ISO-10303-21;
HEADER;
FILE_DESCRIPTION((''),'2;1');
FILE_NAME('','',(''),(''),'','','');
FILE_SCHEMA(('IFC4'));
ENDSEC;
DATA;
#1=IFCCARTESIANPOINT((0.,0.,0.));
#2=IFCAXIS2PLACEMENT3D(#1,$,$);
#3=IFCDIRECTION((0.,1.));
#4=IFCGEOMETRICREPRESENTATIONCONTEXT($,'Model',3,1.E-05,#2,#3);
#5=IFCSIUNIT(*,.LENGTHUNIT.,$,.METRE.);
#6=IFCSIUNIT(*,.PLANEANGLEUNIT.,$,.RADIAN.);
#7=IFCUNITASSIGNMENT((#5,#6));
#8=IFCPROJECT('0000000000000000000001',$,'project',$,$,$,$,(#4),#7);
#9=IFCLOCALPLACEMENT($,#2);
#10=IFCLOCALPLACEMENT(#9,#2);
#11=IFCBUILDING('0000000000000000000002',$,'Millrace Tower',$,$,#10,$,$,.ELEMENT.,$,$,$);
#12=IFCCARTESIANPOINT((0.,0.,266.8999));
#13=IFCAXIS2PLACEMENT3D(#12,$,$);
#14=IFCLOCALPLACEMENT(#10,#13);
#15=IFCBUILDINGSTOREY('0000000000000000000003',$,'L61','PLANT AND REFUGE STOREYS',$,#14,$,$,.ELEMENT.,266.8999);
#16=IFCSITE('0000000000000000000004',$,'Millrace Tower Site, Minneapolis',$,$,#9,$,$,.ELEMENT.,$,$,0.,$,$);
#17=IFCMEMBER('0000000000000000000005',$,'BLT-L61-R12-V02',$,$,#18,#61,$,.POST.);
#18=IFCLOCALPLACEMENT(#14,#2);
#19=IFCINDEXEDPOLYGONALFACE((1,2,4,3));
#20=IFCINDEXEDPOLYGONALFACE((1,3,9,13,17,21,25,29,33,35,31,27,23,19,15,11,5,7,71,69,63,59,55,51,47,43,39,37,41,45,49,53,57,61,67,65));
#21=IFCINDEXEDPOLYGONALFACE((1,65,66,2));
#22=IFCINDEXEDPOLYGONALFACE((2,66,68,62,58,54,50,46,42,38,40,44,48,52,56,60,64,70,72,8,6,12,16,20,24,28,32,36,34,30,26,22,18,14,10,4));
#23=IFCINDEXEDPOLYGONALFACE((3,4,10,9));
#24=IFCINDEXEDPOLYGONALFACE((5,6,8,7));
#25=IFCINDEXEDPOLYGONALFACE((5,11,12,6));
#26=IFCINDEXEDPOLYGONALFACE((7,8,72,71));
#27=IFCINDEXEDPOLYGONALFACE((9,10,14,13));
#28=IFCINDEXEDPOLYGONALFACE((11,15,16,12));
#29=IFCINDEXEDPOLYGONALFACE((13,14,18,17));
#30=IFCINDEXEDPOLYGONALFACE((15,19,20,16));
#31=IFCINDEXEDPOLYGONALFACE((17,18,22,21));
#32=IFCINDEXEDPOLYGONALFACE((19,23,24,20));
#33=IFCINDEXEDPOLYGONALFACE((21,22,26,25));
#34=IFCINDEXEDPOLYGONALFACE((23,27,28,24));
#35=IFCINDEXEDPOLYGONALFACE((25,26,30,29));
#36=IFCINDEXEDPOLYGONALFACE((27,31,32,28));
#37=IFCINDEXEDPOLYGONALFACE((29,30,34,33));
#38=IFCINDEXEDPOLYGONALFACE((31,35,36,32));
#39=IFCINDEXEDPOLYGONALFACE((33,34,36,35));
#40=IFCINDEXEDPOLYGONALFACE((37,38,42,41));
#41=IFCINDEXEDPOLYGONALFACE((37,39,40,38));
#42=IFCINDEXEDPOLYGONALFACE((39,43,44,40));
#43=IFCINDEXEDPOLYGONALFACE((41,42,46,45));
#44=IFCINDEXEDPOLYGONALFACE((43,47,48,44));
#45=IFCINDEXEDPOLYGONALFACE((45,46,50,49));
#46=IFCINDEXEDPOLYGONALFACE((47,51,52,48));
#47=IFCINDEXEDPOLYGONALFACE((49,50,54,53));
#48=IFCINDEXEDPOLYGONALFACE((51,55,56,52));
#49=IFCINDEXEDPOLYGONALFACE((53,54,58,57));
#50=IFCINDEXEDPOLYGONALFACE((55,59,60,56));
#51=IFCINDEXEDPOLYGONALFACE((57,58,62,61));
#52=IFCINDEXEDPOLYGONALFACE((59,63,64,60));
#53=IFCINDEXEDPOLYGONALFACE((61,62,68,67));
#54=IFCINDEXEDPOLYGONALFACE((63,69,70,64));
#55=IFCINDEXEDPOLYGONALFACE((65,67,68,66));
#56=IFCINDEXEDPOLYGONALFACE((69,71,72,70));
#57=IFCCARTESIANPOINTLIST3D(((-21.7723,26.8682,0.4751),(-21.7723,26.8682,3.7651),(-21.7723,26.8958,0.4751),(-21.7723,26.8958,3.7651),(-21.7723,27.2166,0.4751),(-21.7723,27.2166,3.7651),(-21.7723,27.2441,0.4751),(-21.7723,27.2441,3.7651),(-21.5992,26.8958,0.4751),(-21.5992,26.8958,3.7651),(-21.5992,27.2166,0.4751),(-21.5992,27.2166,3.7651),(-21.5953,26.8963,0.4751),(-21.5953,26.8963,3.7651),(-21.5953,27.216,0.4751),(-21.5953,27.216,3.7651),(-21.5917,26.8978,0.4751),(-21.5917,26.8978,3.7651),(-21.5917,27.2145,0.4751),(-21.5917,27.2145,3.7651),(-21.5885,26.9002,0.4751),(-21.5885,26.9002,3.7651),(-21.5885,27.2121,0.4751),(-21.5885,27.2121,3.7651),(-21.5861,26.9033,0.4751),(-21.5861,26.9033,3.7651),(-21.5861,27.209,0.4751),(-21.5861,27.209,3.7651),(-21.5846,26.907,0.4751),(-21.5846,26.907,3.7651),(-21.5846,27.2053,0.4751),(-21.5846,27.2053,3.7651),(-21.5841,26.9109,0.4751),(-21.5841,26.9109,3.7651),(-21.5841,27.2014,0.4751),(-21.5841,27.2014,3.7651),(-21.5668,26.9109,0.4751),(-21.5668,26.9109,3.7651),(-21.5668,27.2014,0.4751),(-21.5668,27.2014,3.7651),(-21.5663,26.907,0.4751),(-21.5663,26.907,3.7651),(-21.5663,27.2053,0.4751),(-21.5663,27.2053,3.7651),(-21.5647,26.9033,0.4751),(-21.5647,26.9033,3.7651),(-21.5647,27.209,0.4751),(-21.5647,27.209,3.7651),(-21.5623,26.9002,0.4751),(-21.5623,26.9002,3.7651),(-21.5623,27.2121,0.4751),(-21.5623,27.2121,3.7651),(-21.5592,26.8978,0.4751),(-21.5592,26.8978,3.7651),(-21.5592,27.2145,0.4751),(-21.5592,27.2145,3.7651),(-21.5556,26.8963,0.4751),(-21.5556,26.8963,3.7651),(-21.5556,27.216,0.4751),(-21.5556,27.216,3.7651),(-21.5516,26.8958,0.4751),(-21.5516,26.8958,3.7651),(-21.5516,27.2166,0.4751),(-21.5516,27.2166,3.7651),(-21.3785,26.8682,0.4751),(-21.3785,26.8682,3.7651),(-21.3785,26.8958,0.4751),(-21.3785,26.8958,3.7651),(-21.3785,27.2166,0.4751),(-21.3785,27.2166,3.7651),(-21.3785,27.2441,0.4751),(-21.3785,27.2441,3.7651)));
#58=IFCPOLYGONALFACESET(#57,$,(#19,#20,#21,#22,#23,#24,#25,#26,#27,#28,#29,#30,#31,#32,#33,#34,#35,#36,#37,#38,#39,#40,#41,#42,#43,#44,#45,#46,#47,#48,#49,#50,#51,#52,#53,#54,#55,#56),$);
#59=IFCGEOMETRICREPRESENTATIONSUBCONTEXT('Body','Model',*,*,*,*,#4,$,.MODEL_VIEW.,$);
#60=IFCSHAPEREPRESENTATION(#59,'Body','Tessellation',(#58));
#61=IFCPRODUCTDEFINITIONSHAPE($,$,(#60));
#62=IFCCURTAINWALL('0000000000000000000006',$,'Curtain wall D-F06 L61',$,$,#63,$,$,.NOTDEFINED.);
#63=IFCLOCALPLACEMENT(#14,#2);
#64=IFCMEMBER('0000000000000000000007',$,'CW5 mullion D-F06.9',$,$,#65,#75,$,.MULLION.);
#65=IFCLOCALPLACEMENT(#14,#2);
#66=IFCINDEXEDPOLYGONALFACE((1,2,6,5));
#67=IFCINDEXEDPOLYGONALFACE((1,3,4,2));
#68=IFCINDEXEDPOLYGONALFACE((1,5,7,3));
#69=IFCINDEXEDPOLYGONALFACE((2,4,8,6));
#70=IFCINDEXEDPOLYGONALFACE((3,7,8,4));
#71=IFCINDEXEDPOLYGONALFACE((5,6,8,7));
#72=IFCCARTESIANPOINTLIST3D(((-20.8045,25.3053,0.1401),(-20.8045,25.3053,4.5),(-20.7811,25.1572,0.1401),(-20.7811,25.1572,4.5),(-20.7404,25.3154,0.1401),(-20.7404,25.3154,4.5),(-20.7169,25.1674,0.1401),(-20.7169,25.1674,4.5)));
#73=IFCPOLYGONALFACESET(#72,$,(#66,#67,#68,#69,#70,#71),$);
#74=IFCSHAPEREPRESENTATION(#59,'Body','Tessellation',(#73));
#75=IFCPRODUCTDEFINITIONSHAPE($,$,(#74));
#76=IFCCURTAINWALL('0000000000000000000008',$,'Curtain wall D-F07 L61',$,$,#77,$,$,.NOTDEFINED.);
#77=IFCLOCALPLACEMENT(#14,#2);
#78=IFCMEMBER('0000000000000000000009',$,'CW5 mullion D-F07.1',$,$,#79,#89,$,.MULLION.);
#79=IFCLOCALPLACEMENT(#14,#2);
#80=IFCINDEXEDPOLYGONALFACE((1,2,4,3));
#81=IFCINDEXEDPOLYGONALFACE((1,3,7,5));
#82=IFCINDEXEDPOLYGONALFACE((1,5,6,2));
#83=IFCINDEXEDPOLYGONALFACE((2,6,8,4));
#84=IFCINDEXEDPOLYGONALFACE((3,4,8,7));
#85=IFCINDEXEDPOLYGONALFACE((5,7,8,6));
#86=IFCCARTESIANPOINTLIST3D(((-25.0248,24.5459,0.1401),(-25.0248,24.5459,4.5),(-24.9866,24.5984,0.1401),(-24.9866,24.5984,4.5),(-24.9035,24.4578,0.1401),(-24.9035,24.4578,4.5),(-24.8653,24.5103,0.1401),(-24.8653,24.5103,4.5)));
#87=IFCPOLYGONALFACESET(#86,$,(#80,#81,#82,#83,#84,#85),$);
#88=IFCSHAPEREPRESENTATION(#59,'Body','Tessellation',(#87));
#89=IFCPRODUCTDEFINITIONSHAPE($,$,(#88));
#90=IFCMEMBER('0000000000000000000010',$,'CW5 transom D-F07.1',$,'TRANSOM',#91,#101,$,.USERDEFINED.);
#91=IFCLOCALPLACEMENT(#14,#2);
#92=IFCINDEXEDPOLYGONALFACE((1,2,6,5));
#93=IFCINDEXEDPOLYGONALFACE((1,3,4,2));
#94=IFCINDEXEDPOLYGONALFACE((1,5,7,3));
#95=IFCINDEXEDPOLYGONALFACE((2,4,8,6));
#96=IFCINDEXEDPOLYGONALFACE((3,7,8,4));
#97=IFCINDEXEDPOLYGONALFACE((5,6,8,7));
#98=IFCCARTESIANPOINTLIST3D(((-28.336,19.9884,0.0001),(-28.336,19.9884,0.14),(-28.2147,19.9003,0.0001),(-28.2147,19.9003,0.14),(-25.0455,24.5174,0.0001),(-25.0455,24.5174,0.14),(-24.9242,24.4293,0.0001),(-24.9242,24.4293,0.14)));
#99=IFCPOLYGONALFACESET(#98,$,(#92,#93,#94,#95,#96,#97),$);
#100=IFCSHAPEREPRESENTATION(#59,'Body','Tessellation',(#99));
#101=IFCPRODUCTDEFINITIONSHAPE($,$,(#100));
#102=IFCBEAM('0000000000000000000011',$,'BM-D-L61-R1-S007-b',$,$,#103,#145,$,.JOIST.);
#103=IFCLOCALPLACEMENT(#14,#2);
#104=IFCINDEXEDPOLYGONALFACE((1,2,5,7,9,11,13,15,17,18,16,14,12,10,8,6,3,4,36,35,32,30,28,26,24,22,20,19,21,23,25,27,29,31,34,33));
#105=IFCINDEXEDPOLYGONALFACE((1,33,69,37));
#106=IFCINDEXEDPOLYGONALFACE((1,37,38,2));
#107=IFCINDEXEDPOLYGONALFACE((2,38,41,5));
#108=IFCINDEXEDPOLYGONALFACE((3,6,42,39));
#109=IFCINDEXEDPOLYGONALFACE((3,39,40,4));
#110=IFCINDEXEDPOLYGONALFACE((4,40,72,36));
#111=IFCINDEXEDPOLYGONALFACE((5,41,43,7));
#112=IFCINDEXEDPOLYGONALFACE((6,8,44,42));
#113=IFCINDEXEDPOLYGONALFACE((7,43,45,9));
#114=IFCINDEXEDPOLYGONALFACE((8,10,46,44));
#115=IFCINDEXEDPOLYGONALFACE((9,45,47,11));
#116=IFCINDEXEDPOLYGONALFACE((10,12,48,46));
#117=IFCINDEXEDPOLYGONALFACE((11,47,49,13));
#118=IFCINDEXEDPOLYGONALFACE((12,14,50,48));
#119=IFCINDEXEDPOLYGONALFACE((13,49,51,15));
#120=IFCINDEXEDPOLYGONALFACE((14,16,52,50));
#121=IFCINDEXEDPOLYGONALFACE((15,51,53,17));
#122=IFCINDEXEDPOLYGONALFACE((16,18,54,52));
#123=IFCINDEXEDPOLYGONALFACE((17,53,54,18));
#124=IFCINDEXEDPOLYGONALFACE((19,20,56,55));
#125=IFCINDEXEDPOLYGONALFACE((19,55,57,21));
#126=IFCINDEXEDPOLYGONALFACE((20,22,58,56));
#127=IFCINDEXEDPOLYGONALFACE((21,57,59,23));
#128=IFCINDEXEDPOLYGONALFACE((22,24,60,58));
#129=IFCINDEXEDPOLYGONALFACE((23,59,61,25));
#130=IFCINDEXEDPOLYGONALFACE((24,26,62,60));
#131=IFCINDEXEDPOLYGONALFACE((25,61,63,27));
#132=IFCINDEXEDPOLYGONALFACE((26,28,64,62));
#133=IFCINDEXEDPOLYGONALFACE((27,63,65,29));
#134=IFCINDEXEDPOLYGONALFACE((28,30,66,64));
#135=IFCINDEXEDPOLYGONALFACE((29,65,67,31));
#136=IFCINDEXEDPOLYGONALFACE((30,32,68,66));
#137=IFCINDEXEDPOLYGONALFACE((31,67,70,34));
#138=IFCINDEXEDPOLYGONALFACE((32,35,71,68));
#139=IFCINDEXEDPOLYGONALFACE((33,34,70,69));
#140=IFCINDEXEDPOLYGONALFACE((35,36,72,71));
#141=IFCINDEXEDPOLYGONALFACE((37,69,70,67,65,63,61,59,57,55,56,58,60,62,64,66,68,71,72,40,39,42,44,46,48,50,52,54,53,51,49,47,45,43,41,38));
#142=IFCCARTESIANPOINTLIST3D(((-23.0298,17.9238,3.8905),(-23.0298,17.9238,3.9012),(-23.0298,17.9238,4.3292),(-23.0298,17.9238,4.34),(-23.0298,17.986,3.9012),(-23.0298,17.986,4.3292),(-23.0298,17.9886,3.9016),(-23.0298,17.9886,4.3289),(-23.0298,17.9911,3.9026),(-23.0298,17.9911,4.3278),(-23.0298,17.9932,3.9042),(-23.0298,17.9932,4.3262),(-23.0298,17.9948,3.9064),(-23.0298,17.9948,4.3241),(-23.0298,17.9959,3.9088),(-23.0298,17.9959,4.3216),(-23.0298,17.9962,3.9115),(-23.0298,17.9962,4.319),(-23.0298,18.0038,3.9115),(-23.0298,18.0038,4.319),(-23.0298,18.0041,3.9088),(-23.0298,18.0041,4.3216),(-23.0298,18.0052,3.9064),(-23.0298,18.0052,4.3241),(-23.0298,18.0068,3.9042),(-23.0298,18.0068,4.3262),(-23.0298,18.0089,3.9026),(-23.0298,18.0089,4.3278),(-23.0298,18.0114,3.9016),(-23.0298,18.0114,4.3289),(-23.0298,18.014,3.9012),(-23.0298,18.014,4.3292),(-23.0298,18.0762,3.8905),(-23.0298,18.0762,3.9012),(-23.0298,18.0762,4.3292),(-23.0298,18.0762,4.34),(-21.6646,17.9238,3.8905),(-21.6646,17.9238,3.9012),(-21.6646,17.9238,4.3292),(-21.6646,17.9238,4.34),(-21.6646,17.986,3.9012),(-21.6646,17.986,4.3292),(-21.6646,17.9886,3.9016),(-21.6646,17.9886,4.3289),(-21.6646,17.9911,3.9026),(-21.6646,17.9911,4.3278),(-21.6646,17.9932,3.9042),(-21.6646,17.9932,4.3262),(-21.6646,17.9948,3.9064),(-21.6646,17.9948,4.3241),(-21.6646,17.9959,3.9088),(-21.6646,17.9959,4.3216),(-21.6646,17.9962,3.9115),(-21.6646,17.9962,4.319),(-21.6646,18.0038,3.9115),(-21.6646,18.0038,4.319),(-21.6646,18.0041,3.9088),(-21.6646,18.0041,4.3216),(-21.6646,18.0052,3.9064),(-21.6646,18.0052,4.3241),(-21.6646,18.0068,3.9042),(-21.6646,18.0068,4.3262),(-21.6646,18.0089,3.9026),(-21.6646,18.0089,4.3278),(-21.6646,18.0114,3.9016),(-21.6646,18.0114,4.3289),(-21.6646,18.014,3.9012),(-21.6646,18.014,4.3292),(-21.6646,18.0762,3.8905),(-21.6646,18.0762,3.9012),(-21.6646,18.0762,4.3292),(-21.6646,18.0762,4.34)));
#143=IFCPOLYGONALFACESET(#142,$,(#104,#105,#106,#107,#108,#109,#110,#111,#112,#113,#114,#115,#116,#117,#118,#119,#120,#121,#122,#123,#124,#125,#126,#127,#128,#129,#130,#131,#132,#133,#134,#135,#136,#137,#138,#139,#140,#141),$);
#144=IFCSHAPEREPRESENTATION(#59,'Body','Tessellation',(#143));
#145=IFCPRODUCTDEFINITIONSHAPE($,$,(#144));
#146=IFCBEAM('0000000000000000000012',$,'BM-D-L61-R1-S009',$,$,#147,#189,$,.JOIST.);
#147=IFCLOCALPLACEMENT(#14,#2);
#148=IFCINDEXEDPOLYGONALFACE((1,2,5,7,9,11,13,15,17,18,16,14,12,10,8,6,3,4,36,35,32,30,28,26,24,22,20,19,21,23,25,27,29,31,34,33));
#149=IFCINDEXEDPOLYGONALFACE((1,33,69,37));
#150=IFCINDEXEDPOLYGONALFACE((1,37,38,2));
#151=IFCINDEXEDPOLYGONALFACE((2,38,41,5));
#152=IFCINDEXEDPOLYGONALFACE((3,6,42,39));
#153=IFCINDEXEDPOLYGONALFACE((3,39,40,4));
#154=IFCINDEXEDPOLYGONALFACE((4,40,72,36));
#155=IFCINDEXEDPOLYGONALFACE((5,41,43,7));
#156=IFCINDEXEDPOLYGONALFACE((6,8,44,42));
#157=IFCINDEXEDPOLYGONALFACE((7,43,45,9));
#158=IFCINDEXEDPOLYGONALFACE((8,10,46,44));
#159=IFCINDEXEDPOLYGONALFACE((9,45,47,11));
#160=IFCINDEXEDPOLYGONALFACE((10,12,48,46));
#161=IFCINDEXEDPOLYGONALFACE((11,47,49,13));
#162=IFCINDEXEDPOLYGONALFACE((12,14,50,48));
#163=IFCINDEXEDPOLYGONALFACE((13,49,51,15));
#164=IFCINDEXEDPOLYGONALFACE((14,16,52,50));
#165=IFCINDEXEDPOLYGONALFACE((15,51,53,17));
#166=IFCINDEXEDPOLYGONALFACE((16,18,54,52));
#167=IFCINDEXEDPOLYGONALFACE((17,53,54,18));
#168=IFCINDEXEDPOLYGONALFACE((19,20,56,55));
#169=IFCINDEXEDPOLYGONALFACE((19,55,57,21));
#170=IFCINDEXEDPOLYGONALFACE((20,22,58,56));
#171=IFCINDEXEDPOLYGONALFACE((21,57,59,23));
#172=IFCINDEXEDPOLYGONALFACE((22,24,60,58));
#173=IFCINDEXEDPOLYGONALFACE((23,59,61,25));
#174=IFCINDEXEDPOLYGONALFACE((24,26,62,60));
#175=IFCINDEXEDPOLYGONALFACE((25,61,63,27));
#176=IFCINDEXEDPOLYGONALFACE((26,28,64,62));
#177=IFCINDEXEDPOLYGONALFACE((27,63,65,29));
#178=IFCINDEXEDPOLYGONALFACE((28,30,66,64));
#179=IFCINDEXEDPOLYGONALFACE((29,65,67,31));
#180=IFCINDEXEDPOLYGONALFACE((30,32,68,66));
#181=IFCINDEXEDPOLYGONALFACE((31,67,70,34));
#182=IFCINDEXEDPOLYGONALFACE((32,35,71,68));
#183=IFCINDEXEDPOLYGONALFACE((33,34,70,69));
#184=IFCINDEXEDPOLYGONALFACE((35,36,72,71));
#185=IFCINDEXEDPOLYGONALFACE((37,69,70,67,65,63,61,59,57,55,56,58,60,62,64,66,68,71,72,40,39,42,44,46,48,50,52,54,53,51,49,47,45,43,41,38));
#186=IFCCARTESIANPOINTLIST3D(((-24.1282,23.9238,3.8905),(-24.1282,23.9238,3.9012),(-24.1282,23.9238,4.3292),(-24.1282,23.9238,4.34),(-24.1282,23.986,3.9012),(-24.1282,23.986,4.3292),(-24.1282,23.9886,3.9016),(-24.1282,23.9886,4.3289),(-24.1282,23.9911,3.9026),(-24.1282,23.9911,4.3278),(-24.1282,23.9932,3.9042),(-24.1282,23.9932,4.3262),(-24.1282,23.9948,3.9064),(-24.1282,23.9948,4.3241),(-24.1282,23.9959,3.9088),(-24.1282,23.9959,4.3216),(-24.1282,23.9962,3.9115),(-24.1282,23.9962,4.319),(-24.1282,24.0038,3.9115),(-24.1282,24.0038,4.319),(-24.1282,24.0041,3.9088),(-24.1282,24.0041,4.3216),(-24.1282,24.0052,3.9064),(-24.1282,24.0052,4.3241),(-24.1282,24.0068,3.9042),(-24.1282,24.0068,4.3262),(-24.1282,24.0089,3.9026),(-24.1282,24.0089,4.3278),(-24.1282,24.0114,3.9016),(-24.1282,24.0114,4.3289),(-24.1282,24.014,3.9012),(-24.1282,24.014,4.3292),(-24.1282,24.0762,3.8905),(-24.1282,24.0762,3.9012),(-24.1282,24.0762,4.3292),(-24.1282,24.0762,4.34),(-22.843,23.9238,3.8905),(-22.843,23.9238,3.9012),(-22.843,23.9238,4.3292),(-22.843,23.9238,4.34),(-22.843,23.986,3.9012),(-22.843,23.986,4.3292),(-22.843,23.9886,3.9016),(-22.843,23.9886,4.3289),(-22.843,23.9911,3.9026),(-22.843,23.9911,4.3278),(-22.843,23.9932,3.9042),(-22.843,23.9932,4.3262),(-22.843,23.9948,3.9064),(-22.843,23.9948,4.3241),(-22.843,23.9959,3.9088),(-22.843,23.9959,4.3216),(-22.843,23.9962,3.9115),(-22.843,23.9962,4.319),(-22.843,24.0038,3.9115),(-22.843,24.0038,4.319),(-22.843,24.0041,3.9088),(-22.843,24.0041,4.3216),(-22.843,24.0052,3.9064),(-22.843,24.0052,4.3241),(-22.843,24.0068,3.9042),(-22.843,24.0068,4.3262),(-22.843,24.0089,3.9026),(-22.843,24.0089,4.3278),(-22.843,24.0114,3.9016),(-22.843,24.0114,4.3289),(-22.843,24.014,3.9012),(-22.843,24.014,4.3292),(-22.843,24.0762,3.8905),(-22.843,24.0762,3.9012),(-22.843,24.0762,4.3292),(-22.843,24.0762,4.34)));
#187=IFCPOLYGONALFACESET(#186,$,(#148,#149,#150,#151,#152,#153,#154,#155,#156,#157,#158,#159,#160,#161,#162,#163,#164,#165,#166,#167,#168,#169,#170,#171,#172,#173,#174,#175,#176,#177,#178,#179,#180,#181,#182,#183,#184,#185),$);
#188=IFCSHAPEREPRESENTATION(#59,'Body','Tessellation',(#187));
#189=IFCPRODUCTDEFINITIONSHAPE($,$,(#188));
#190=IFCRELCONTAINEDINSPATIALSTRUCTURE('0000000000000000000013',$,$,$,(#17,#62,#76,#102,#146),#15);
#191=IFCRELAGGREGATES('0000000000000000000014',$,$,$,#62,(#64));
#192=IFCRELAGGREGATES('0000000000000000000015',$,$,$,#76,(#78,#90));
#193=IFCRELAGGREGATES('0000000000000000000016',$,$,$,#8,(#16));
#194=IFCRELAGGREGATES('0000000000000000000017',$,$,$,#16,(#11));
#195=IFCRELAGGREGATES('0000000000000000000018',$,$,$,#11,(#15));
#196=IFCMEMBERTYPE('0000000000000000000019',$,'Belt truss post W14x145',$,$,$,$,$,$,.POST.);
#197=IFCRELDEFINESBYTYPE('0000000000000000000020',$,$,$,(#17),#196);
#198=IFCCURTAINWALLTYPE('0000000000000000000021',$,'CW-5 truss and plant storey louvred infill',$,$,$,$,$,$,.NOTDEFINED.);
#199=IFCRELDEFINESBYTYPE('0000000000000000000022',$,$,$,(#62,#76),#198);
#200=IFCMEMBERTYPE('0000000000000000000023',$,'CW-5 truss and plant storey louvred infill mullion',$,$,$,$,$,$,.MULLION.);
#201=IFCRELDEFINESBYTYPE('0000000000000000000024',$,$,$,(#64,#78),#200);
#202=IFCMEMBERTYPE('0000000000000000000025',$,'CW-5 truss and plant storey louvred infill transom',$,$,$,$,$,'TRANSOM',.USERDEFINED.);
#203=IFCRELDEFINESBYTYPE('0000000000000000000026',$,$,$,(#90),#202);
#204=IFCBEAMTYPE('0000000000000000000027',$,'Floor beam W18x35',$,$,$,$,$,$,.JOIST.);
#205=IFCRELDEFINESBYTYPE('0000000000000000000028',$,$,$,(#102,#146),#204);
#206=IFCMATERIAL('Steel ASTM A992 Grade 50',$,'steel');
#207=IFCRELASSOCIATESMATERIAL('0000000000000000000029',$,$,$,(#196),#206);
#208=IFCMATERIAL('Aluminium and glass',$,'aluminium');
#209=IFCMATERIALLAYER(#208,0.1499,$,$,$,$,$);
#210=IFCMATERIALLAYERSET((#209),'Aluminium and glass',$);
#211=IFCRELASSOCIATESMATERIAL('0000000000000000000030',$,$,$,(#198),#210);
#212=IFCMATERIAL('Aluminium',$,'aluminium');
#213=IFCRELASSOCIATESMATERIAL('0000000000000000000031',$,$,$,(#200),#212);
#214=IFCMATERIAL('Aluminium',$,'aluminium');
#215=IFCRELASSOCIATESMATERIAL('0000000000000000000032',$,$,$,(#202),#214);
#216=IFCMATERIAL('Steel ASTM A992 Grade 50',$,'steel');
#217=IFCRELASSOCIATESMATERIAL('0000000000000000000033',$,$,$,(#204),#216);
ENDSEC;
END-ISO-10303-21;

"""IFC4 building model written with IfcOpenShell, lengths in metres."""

from ifc_helpers import new_model, si_unit, direction, frame, origin, origin_2d, place, context, subcontext, project, spatial, rectangle, i_section, extrude, material, layer, layer_set, material_profile, profile_set, type_object, element, aggregate, save


model = new_model("IFC4")

# Units and contexts
model_context = context("Model", 3, precision=1e-05, world=origin(), true_north=direction((0.0, 1.0)))
body_context = subcontext(model_context, "Body", "Model", "MODEL_VIEW")
ifc_project = project(units=[si_unit("LENGTHUNIT", "METRE"), si_unit("PLANEANGLEUNIT", "RADIAN")], contexts=[model_context])

# Site, building, storey
site_placement = place(None, origin())
site = spatial("IfcSite", under=ifc_project, at=site_placement, Name="Millrace Tower Site, Minneapolis", CompositionType="ELEMENT", RefElevation=0.0)
building_placement = place(site_placement, origin())
building = spatial("IfcBuilding", under=site, at=building_placement, Name="Millrace Tower", CompositionType="ELEMENT")
storey_placement = place(building_placement, frame((0.0, 0.0, 266.8999)))
storey = spatial("IfcBuildingStorey", under=building, at=storey_placement, Name="L61", Description="PLANT AND REFUGE STOREYS", CompositionType="ELEMENT", Elevation=266.8999)

# Member
ifc_material_1 = material(Name="Steel ASTM A992 Grade 50", Category="steel")
ifc_material_profile_1 = material_profile(ifc_material_1, i_section(OverallWidth=0.3938, OverallDepth=0.376, WebThickness=0.0173, FlangeThickness=0.0276, FilletRadius=0.0151, at=origin_2d()))
ifc_profile_set_1 = profile_set([ifc_material_profile_1], Name="Steel ASTM A992 Grade 50")
member_type_1 = type_object("IfcMemberType", Name="Belt truss post W14x145", PredefinedType="POST", material=ifc_profile_set_1)
member_1_placement = place(storey_placement, frame((-21.5754, 27.0562, 0.4751), z_axis=(0.0, 0.0, 1.0), x_axis=(1.0, 0.0, 0.0)))
element("IfcMember", 1, at=member_1_placement, inside=storey, type_object=member_type_1, Name="BLT-L61-R12-V02", PredefinedType="POST", context=body_context, shape_type="SweptSolid", body=[
    extrude(i_section(OverallWidth=0.3938, OverallDepth=0.376, WebThickness=0.0173, FlangeThickness=0.0276, FilletRadius=0.0151, at=origin_2d()), origin(), (0.0, 0.0, 1.0), 3.29),
])

# Curtain wall, member
ifc_material_2 = material(Name="Aluminium and glass", Category="aluminium")
ifc_layer_1 = layer(ifc_material_2, 0.1499)
ifc_layer_set_1 = layer_set([ifc_layer_1], Name="Aluminium and glass")
curtain_wall_type = type_object("IfcCurtainWallType", Name="CW-5 truss and plant storey louvred infill", PredefinedType="NOTDEFINED", material=ifc_layer_set_1)
placement = place(storey_placement, origin())
curtain_wall_1 = element("IfcCurtainWall", 2, at=placement, inside=storey, type_object=curtain_wall_type, Name="Curtain wall D-F06 L61", PredefinedType="NOTDEFINED")
ifc_material_3 = material(Name="Aluminium", Category="aluminium")
ifc_material_profile_2 = material_profile(ifc_material_3, rectangle(XDim=0.0649, YDim=0.1499, at=origin_2d()))
ifc_profile_set_2 = profile_set([ifc_material_profile_2], Name="Aluminium")
member_type_2 = type_object("IfcMemberType", Name="CW-5 truss and plant storey louvred infill mullion", PredefinedType="MULLION", material=ifc_profile_set_2)
member_2_placement = place(storey_placement, frame((-20.7607, 25.2363, 0.1401), z_axis=(0.0, 0.0, 1.0), x_axis=(-0.987688, -0.156434, 0.0)))
member_2 = element("IfcMember", 3, at=member_2_placement, type_object=member_type_2, Name="CW5 mullion D-F06.9", PredefinedType="MULLION", context=body_context, shape_type="SweptSolid", body=[
    extrude(rectangle(XDim=0.0649, YDim=0.1499, at=origin_2d()), origin(), (0.0, 0.0, 1.0), 4.3599),
])
aggregate(curtain_wall_1, [member_2])

# Curtain wall, members
curtain_wall_2 = element("IfcCurtainWall", 4, at=placement, inside=storey, type_object=curtain_wall_type, Name="Curtain wall D-F07 L61", PredefinedType="NOTDEFINED")
member_3_placement = place(storey_placement, frame((-24.9451, 24.5281, 0.1401), z_axis=(0.0, 0.0, 1.0), x_axis=(-0.587785, -0.809017, 0.0)))
member_3 = element("IfcMember", 5, at=member_3_placement, type_object=member_type_2, Name="CW5 mullion D-F07.1", PredefinedType="MULLION", context=body_context, shape_type="SweptSolid", body=[
    extrude(rectangle(XDim=0.0649, YDim=0.1499, at=origin_2d()), origin(), (0.0, 0.0, 1.0), 4.3599),
])
ifc_material_4 = material(Name="Aluminium", Category="aluminium")
ifc_material_profile_3 = material_profile(ifc_material_4, rectangle(XDim=0.1499, YDim=0.1399, at=origin_2d()))
ifc_profile_set_3 = profile_set([ifc_material_profile_3], Name="Aluminium")
member_type_3 = type_object("IfcMemberType", Name="CW-5 truss and plant storey louvred infill transom", ElementType="TRANSOM", PredefinedType="USERDEFINED", material=ifc_profile_set_3)
member_4_placement = place(storey_placement, frame((-24.9849, 24.4734, 0.0701), z_axis=(-0.587783, -0.809019, 0.0), x_axis=(0.809019, -0.587783, 0.0)))
member_4 = element("IfcMember", 6, at=member_4_placement, type_object=member_type_3, Name="CW5 transom D-F07.1", ObjectType="TRANSOM", PredefinedType="USERDEFINED", context=body_context, shape_type="SweptSolid", body=[
    extrude(rectangle(XDim=0.1499, YDim=0.1399, at=origin_2d()), origin(), (0.0, 0.0, 1.0), 5.5981),
])
aggregate(curtain_wall_2, [member_3, member_4])

# Beams
ifc_material_5 = material(Name="Steel ASTM A992 Grade 50", Category="steel")
ifc_material_profile_4 = material_profile(ifc_material_5, i_section(OverallWidth=0.1523, OverallDepth=0.4495, WebThickness=0.0076, FlangeThickness=0.0107, FilletRadius=0.0103, at=origin_2d()))
ifc_profile_set_4 = profile_set([ifc_material_profile_4], Name="Steel ASTM A992 Grade 50")
beam_type_1 = type_object("IfcBeamType", Name="Floor beam W18x35", PredefinedType="JOIST", material=ifc_profile_set_4)
beam_1_placement = place(storey_placement, frame((-23.0298, 18.0, 4.1152), z_axis=(1.0, 0.0, 0.0), x_axis=(0.0, 1.0, 0.0)))
element("IfcBeam", 7, at=beam_1_placement, inside=storey, type_object=beam_type_1, Name="BM-D-L61-R1-S007-b", PredefinedType="JOIST", context=body_context, shape_type="SweptSolid", body=[
    extrude(i_section(OverallWidth=0.1523, OverallDepth=0.4495, WebThickness=0.0076, FlangeThickness=0.0107, FilletRadius=0.0103, at=origin_2d()), origin(), (0.0, 0.0, 1.0), 1.3652),
])
beam_2_placement = place(storey_placement, frame((-24.1282, 24.0, 4.1152), z_axis=(1.0, 0.0, 0.0), x_axis=(0.0, 1.0, 0.0)))
element("IfcBeam", 8, at=beam_2_placement, inside=storey, type_object=beam_type_1, Name="BM-D-L61-R1-S009", PredefinedType="JOIST", context=body_context, shape_type="SweptSolid", body=[
    extrude(i_section(OverallWidth=0.1523, OverallDepth=0.4495, WebThickness=0.0076, FlangeThickness=0.0107, FilletRadius=0.0103, at=origin_2d()), origin(), (0.0, 0.0, 1.0), 1.2852),
])

save(model, "model.ifc")
